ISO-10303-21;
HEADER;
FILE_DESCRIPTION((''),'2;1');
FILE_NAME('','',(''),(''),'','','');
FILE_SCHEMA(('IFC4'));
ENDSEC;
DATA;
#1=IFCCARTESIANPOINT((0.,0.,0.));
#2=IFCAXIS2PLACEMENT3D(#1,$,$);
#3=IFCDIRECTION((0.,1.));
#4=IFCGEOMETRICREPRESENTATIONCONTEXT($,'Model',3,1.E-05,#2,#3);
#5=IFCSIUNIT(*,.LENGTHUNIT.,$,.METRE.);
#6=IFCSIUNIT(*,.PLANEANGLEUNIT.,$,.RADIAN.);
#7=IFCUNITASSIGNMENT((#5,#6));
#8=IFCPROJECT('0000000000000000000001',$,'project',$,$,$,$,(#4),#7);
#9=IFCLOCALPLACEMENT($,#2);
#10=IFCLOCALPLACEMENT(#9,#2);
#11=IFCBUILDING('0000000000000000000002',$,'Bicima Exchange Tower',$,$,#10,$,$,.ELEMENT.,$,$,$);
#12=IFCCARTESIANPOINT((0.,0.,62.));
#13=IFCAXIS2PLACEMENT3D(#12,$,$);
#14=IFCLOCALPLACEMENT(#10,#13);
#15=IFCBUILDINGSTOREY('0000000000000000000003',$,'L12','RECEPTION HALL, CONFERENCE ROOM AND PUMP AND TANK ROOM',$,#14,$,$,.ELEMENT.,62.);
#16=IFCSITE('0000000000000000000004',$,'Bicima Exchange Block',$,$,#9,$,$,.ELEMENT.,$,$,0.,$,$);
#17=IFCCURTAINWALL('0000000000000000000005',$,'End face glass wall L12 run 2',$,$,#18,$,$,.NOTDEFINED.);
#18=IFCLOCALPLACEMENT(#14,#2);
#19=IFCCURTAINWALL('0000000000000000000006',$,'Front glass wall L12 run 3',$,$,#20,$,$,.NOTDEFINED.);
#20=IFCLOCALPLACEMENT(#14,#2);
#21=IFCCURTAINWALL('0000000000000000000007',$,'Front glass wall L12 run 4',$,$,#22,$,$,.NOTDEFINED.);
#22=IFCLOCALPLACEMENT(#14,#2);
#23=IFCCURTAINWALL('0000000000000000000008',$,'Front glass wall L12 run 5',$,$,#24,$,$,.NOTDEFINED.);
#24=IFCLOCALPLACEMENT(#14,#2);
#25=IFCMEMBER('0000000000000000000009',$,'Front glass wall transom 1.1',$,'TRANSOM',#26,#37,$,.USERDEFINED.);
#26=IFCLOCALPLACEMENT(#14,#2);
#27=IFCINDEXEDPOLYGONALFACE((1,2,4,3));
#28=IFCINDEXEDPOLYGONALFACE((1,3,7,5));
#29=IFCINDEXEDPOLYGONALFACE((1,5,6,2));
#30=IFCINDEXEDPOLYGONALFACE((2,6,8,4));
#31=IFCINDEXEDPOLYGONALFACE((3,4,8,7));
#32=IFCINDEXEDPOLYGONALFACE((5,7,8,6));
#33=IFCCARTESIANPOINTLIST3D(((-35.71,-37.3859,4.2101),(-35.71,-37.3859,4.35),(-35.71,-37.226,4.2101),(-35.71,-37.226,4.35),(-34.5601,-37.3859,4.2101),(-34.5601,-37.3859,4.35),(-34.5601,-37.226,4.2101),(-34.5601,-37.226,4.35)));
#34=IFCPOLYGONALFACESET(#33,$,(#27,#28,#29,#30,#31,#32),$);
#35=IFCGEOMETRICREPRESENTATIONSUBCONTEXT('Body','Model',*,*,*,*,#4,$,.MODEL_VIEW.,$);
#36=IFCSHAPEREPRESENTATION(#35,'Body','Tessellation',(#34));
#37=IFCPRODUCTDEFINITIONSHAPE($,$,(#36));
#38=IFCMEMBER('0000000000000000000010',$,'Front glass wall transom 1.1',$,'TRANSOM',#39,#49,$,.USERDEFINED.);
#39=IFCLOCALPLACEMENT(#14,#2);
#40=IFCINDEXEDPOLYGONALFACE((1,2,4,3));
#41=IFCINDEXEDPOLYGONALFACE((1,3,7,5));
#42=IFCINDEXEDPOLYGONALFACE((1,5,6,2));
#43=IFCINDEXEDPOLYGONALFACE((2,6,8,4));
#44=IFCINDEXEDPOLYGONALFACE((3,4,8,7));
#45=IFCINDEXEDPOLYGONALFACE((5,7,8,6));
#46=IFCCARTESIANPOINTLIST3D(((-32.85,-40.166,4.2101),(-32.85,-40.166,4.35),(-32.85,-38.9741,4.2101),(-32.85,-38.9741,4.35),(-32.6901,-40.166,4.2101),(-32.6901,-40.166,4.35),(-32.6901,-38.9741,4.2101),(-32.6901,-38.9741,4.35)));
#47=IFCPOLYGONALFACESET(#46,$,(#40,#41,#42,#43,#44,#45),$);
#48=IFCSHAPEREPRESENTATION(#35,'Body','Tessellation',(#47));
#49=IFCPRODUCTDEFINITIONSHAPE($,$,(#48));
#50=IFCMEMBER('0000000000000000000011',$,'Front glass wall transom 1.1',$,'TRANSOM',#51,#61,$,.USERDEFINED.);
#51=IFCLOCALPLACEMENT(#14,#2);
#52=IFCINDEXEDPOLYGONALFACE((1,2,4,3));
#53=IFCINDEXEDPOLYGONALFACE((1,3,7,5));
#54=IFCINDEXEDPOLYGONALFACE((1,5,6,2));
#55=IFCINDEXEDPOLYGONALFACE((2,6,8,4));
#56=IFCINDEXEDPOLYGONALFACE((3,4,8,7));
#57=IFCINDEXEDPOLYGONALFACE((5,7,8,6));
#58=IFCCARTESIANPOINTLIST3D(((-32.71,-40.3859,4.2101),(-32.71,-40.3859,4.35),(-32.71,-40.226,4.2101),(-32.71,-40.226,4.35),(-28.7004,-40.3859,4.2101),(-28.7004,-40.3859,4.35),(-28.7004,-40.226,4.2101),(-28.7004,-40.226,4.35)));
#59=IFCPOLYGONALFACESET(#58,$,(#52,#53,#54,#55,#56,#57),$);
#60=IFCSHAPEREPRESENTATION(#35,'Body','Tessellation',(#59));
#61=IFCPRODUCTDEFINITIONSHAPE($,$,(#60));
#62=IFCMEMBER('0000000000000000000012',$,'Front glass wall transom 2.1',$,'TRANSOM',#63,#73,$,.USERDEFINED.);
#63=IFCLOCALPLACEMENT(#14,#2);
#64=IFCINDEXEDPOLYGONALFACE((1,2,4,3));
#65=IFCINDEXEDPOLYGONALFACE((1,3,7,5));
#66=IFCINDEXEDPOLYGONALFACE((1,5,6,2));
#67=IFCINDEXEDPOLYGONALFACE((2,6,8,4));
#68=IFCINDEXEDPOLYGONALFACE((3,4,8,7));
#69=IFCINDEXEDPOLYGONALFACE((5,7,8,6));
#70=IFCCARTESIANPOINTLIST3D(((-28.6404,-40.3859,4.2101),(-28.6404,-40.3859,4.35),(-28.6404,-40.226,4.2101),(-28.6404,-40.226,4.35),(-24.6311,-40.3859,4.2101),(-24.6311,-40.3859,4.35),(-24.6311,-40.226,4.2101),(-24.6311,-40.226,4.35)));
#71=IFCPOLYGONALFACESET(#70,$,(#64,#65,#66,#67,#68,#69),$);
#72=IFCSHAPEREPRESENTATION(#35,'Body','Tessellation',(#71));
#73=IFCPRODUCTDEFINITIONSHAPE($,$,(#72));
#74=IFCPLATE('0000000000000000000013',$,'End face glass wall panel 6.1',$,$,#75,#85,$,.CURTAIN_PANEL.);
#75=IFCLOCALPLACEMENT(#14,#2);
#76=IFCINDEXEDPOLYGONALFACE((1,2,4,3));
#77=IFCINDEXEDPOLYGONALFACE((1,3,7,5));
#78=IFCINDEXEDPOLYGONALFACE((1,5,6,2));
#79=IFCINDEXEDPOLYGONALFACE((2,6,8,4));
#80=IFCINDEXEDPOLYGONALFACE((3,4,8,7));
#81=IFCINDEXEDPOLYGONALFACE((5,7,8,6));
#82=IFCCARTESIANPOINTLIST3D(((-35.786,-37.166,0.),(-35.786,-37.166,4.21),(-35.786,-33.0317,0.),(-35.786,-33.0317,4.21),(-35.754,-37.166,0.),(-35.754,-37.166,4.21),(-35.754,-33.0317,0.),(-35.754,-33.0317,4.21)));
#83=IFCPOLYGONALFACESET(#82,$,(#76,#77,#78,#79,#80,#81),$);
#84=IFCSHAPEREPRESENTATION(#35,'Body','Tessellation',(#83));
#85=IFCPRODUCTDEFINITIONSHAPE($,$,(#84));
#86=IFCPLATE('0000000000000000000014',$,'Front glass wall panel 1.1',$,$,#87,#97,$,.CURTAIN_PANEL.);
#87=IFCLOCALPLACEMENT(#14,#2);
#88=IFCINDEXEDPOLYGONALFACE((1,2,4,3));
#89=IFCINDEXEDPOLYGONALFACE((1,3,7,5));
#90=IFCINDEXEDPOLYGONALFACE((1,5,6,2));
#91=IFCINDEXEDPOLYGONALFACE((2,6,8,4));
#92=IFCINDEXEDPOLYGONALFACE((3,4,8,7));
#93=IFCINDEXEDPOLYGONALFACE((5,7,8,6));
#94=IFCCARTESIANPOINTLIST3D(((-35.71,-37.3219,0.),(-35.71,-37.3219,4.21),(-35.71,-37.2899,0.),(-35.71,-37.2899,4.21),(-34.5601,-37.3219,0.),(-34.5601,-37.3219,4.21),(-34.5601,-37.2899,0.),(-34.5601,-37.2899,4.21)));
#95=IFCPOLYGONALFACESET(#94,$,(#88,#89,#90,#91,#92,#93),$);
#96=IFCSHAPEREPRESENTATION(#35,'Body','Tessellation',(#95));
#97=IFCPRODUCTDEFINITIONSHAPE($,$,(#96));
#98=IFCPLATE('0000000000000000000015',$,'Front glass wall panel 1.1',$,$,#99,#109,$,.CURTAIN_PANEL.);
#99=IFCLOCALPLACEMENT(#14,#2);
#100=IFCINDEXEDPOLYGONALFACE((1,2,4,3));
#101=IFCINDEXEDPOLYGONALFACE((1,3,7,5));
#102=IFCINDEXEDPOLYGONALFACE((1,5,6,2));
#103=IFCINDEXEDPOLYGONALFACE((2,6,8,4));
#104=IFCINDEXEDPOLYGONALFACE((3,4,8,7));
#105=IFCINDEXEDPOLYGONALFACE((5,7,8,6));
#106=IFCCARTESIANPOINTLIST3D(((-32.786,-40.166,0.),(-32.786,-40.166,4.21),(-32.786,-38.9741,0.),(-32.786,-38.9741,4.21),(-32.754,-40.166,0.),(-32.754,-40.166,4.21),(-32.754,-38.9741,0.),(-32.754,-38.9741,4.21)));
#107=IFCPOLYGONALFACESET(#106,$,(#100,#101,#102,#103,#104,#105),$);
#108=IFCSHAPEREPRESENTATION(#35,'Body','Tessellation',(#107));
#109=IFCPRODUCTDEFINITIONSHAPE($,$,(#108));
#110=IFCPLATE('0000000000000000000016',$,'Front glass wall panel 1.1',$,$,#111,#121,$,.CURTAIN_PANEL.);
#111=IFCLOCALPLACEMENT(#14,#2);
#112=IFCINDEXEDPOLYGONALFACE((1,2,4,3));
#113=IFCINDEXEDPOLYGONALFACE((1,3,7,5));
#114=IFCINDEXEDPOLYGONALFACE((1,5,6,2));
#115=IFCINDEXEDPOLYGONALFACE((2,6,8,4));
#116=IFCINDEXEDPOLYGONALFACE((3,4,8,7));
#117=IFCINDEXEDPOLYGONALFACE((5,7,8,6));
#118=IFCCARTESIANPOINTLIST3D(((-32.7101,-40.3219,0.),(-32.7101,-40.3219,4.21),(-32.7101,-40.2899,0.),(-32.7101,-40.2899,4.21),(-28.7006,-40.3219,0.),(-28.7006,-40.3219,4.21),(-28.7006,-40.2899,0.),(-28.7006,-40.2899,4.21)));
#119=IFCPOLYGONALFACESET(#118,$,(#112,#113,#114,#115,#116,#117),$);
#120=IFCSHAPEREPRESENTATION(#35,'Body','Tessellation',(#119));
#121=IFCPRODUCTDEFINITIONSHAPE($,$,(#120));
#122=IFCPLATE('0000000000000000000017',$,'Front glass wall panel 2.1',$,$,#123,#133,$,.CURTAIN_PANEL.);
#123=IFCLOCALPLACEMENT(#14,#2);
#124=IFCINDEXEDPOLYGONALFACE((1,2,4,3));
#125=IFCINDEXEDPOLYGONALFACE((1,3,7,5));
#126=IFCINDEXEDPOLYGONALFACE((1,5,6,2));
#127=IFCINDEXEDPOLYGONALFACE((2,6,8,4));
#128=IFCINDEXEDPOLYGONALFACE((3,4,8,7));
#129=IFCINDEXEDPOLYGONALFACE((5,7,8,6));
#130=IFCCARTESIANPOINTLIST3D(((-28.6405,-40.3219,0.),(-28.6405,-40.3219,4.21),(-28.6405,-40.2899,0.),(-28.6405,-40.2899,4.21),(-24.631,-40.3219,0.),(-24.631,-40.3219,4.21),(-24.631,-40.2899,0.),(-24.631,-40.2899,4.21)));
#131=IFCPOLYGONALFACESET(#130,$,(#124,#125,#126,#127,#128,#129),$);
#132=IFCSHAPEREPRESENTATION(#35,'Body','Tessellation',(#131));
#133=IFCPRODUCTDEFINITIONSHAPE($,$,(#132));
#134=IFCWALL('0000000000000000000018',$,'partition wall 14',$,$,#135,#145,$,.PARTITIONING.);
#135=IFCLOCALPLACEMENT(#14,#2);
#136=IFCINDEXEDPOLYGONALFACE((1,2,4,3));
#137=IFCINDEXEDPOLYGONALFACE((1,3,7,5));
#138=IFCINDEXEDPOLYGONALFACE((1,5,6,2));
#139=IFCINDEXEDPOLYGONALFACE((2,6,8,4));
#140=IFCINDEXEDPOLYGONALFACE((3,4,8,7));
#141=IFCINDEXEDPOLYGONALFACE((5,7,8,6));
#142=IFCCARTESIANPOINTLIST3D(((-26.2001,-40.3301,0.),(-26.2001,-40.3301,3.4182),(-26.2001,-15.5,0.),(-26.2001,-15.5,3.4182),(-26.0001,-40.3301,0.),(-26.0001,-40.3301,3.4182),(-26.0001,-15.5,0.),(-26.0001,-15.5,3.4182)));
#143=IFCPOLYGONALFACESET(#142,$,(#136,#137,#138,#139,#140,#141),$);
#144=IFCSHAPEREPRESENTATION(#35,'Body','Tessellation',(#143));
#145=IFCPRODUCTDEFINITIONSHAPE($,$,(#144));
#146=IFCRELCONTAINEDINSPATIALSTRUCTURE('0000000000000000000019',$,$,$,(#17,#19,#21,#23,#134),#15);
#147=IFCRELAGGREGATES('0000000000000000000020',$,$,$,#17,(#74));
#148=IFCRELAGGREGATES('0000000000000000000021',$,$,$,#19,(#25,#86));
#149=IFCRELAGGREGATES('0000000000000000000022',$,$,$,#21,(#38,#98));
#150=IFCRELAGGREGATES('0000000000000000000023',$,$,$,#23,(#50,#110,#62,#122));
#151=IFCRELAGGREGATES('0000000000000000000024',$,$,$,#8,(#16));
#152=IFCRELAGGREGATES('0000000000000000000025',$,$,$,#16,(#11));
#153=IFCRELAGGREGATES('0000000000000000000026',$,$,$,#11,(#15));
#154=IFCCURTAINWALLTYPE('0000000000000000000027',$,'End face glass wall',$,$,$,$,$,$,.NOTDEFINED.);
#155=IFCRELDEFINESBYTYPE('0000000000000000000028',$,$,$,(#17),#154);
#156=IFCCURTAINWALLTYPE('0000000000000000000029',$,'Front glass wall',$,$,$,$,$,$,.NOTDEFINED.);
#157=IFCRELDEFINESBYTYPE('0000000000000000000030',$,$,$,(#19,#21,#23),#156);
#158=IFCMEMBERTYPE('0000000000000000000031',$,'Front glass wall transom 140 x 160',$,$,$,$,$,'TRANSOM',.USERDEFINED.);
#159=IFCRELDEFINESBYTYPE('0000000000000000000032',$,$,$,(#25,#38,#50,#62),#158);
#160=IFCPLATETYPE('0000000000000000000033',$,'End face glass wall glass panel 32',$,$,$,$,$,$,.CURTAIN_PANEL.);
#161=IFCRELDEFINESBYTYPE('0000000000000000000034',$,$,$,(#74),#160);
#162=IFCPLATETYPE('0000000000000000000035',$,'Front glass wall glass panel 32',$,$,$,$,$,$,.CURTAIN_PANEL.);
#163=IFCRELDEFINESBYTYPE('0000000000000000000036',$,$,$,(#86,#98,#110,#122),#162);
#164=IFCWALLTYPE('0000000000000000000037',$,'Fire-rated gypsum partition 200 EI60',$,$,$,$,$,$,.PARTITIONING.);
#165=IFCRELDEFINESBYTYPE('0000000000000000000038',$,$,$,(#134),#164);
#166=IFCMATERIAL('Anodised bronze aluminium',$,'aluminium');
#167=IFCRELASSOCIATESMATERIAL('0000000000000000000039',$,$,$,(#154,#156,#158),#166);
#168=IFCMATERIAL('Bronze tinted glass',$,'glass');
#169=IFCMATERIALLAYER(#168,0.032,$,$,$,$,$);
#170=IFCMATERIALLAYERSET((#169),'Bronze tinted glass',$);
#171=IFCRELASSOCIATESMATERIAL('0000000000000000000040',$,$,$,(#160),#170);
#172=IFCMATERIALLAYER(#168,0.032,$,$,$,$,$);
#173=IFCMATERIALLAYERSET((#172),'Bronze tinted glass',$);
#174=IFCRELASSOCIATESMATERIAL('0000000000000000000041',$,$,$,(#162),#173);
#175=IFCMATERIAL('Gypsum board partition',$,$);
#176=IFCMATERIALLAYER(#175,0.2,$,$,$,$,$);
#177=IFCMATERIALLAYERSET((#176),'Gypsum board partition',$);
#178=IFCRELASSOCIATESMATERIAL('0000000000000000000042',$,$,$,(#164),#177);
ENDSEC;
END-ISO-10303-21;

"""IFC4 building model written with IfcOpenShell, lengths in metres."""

from ifc_helpers import new_model, si_unit, direction, frame, frame_2d, origin, origin_2d, place, context, subcontext, project, spatial, rectangle, extrude, material, layer, layer_set, material_profile, profile_set, type_object, element, aggregate, save


model = new_model("IFC4")

# Units and contexts
model_context = context("Model", 3, precision=1e-05, world=origin(), true_north=direction((0.0, 1.0)))
body_context = subcontext(model_context, "Body", "Model", "MODEL_VIEW")
ifc_project = project(units=[si_unit("LENGTHUNIT", "METRE"), si_unit("PLANEANGLEUNIT", "RADIAN")], contexts=[model_context])

# Site, building, storey
site_placement = place(None, origin())
site = spatial("IfcSite", under=ifc_project, at=site_placement, Name="Bicima Exchange Block", CompositionType="ELEMENT", RefElevation=0.0)
building_placement = place(site_placement, origin())
building = spatial("IfcBuilding", under=site, at=building_placement, Name="Bicima Exchange Tower", CompositionType="ELEMENT")
storey_placement = place(building_placement, frame((0.0, 0.0, 62.0)))
storey = spatial("IfcBuildingStorey", under=building, at=storey_placement, Name="L12", Description="RECEPTION HALL, CONFERENCE ROOM AND PUMP AND TANK ROOM", CompositionType="ELEMENT", Elevation=62.0)

# Curtain wall
ifc_material_1 = material(Name="Anodised bronze aluminium", Category="aluminium")
curtain_wall_type_1 = type_object("IfcCurtainWallType", Name="End face glass wall", PredefinedType="NOTDEFINED", material=ifc_material_1)
curtain_wall_1_placement = place(storey_placement, origin())
curtain_wall_1 = element("IfcCurtainWall", 1, at=curtain_wall_1_placement, inside=storey, type_object=curtain_wall_type_1, Name="End face glass wall L12 run 2", PredefinedType="NOTDEFINED")

# Curtain walls
curtain_wall_type_2 = type_object("IfcCurtainWallType", Name="Front glass wall", PredefinedType="NOTDEFINED", material=ifc_material_1)
curtain_wall_2_placement = place(storey_placement, origin())
curtain_wall_2 = element("IfcCurtainWall", 2, at=curtain_wall_2_placement, inside=storey, type_object=curtain_wall_type_2, Name="Front glass wall L12 run 3", PredefinedType="NOTDEFINED")
curtain_wall_3_placement = place(storey_placement, origin())
curtain_wall_3 = element("IfcCurtainWall", 3, at=curtain_wall_3_placement, inside=storey, type_object=curtain_wall_type_2, Name="Front glass wall L12 run 4", PredefinedType="NOTDEFINED")
curtain_wall_4_placement = place(storey_placement, origin())
curtain_wall_4 = element("IfcCurtainWall", 4, at=curtain_wall_4_placement, inside=storey, type_object=curtain_wall_type_2, Name="Front glass wall L12 run 5", PredefinedType="NOTDEFINED")

# Members
ifc_material_profile_1 = material_profile(ifc_material_1, rectangle(XDim=0.1599, YDim=0.1399, at=origin_2d()))
ifc_profile_set_1 = profile_set([ifc_material_profile_1], Name="Anodised bronze aluminium")
member_type_1 = type_object("IfcMemberType", Name="Front glass wall transom 140 x 160", ElementType="TRANSOM", PredefinedType="USERDEFINED", material=ifc_profile_set_1)
member_1_placement = place(storey_placement, frame((-35.71, -37.3059, 4.28), z_axis=(1.0, 0.0, 0.0), x_axis=(0.0, 1.0, 0.0)))
member_1 = element("IfcMember", 5, at=member_1_placement, type_object=member_type_1, Name="Front glass wall transom 1.1", ObjectType="TRANSOM", PredefinedType="USERDEFINED", context=body_context, shape_type="SweptSolid", body=[
    extrude(rectangle(XDim=0.1599, YDim=0.1399, at=origin_2d()), origin(), (0.0, 0.0, 1.0), 1.1499),
])
member_2_placement = place(storey_placement, frame((-32.77, -38.9741, 4.28), z_axis=(0.0, -1.0, 0.0), x_axis=(1.0, 0.0, 0.0)))
member_2 = element("IfcMember", 6, at=member_2_placement, type_object=member_type_1, Name="Front glass wall transom 1.1", ObjectType="TRANSOM", PredefinedType="USERDEFINED", context=body_context, shape_type="SweptSolid", body=[
    extrude(rectangle(XDim=0.1599, YDim=0.1399, at=origin_2d()), origin(), (0.0, 0.0, 1.0), 1.1919),
])
member_3_placement = place(storey_placement, frame((-32.71, -40.3059, 4.28), z_axis=(1.0, 0.0, 0.0), x_axis=(0.0, 1.0, 0.0)))
member_3 = element("IfcMember", 7, at=member_3_placement, type_object=member_type_1, Name="Front glass wall transom 1.1", ObjectType="TRANSOM", PredefinedType="USERDEFINED", context=body_context, shape_type="SweptSolid", body=[
    extrude(rectangle(XDim=0.1599, YDim=0.1399, at=origin_2d()), origin(), (0.0, 0.0, 1.0), 4.0095),
])
member_4_placement = place(storey_placement, frame((-28.6404, -40.3059, 4.28), z_axis=(1.0, 0.0, 0.0), x_axis=(0.0, 1.0, 0.0)))
member_4 = element("IfcMember", 8, at=member_4_placement, type_object=member_type_1, Name="Front glass wall transom 2.1", ObjectType="TRANSOM", PredefinedType="USERDEFINED", context=body_context, shape_type="SweptSolid", body=[
    extrude(rectangle(XDim=0.1599, YDim=0.1399, at=origin_2d()), origin(), (0.0, 0.0, 1.0), 4.0093),
])

# Plates
ifc_material_2 = material(Name="Bronze tinted glass", Category="glass")
ifc_layer_1 = layer(ifc_material_2, 0.032)
ifc_layer_set_1 = layer_set([ifc_layer_1], Name="Bronze tinted glass")
plate_type_1 = type_object("IfcPlateType", Name="End face glass wall glass panel 32", PredefinedType="CURTAIN_PANEL", material=ifc_layer_set_1)
plate_1_placement = place(storey_placement, frame((-35.77, -35.0989, 0.0), z_axis=(0.0, 0.0, 1.0), x_axis=(0.0, -1.0, 0.0)))
plate_1 = element("IfcPlate", 9, at=plate_1_placement, type_object=plate_type_1, Name="End face glass wall panel 6.1", PredefinedType="CURTAIN_PANEL", context=body_context, shape_type="SweptSolid", body=[
    extrude(rectangle(XDim=4.1343, YDim=0.032, at=origin_2d()), origin(), (0.0, 0.0, 1.0), 4.21),
])
aggregate(curtain_wall_1, [plate_1])
ifc_layer_2 = layer(ifc_material_2, 0.032)
ifc_layer_set_2 = layer_set([ifc_layer_2], Name="Bronze tinted glass")
plate_type_2 = type_object("IfcPlateType", Name="Front glass wall glass panel 32", PredefinedType="CURTAIN_PANEL", material=ifc_layer_set_2)
plate_2_placement = place(storey_placement, frame((-35.135, -37.3059, 0.0), z_axis=(0.0, 0.0, 1.0), x_axis=(1.0, 0.0, 0.0)))
plate_2 = element("IfcPlate", 10, at=plate_2_placement, type_object=plate_type_2, Name="Front glass wall panel 1.1", PredefinedType="CURTAIN_PANEL", context=body_context, shape_type="SweptSolid", body=[
    extrude(rectangle(XDim=1.1499, YDim=0.032, at=origin_2d()), origin(), (0.0, 0.0, 1.0), 4.21),
])
aggregate(curtain_wall_2, [member_1, plate_2])
plate_3_placement = place(storey_placement, frame((-32.77, -39.5701, 0.0), z_axis=(0.0, 0.0, 1.0), x_axis=(0.0, -1.0, 0.0)))
plate_3 = element("IfcPlate", 11, at=plate_3_placement, type_object=plate_type_2, Name="Front glass wall panel 1.1", PredefinedType="CURTAIN_PANEL", context=body_context, shape_type="SweptSolid", body=[
    extrude(rectangle(XDim=1.1919, YDim=0.032, at=origin_2d()), origin(), (0.0, 0.0, 1.0), 4.21),
])
aggregate(curtain_wall_3, [member_2, plate_3])
plate_4_placement = place(storey_placement, frame((-30.7053, -40.3059, 0.0), z_axis=(0.0, 0.0, 1.0), x_axis=(1.0, 0.0, 0.0)))
plate_4 = element("IfcPlate", 12, at=plate_4_placement, type_object=plate_type_2, Name="Front glass wall panel 1.1", PredefinedType="CURTAIN_PANEL", context=body_context, shape_type="SweptSolid", body=[
    extrude(rectangle(XDim=4.0095, YDim=0.032, at=origin_2d()), origin(), (0.0, 0.0, 1.0), 4.21),
])
plate_5_placement = place(storey_placement, frame((-26.6357, -40.3059, 0.0), z_axis=(0.0, 0.0, 1.0), x_axis=(1.0, 0.0, 0.0)))
plate_5 = element("IfcPlate", 13, at=plate_5_placement, type_object=plate_type_2, Name="Front glass wall panel 2.1", PredefinedType="CURTAIN_PANEL", context=body_context, shape_type="SweptSolid", body=[
    extrude(rectangle(XDim=4.0095, YDim=0.032, at=origin_2d()), origin(), (0.0, 0.0, 1.0), 4.21),
])
aggregate(curtain_wall_4, [member_3, plate_4, member_4, plate_5])

# Wall
ifc_material_3 = material(Name="Gypsum board partition")
ifc_layer_3 = layer(ifc_material_3, 0.2)
ifc_layer_set_3 = layer_set([ifc_layer_3], Name="Gypsum board partition")
wall_type = type_object("IfcWallType", Name="Fire-rated gypsum partition 200 EI60", PredefinedType="PARTITIONING", material=ifc_layer_set_3)
wall_placement = place(storey_placement, frame((-26.1001, -40.3301, 0.0), z_axis=(0.0, 0.0, 1.0), x_axis=(0.0, 1.0, 0.0)))
element("IfcWall", 14, at=wall_placement, inside=storey, type_object=wall_type, Name="partition wall 14", PredefinedType="PARTITIONING", context=body_context, shape_type="SweptSolid", body=[
    extrude(rectangle(XDim=24.8301, YDim=0.2, at=frame_2d((12.415, 0.0))), origin(), (0.0, 0.0, 1.0), 3.4182),
])

save(model, "model.ifc")
